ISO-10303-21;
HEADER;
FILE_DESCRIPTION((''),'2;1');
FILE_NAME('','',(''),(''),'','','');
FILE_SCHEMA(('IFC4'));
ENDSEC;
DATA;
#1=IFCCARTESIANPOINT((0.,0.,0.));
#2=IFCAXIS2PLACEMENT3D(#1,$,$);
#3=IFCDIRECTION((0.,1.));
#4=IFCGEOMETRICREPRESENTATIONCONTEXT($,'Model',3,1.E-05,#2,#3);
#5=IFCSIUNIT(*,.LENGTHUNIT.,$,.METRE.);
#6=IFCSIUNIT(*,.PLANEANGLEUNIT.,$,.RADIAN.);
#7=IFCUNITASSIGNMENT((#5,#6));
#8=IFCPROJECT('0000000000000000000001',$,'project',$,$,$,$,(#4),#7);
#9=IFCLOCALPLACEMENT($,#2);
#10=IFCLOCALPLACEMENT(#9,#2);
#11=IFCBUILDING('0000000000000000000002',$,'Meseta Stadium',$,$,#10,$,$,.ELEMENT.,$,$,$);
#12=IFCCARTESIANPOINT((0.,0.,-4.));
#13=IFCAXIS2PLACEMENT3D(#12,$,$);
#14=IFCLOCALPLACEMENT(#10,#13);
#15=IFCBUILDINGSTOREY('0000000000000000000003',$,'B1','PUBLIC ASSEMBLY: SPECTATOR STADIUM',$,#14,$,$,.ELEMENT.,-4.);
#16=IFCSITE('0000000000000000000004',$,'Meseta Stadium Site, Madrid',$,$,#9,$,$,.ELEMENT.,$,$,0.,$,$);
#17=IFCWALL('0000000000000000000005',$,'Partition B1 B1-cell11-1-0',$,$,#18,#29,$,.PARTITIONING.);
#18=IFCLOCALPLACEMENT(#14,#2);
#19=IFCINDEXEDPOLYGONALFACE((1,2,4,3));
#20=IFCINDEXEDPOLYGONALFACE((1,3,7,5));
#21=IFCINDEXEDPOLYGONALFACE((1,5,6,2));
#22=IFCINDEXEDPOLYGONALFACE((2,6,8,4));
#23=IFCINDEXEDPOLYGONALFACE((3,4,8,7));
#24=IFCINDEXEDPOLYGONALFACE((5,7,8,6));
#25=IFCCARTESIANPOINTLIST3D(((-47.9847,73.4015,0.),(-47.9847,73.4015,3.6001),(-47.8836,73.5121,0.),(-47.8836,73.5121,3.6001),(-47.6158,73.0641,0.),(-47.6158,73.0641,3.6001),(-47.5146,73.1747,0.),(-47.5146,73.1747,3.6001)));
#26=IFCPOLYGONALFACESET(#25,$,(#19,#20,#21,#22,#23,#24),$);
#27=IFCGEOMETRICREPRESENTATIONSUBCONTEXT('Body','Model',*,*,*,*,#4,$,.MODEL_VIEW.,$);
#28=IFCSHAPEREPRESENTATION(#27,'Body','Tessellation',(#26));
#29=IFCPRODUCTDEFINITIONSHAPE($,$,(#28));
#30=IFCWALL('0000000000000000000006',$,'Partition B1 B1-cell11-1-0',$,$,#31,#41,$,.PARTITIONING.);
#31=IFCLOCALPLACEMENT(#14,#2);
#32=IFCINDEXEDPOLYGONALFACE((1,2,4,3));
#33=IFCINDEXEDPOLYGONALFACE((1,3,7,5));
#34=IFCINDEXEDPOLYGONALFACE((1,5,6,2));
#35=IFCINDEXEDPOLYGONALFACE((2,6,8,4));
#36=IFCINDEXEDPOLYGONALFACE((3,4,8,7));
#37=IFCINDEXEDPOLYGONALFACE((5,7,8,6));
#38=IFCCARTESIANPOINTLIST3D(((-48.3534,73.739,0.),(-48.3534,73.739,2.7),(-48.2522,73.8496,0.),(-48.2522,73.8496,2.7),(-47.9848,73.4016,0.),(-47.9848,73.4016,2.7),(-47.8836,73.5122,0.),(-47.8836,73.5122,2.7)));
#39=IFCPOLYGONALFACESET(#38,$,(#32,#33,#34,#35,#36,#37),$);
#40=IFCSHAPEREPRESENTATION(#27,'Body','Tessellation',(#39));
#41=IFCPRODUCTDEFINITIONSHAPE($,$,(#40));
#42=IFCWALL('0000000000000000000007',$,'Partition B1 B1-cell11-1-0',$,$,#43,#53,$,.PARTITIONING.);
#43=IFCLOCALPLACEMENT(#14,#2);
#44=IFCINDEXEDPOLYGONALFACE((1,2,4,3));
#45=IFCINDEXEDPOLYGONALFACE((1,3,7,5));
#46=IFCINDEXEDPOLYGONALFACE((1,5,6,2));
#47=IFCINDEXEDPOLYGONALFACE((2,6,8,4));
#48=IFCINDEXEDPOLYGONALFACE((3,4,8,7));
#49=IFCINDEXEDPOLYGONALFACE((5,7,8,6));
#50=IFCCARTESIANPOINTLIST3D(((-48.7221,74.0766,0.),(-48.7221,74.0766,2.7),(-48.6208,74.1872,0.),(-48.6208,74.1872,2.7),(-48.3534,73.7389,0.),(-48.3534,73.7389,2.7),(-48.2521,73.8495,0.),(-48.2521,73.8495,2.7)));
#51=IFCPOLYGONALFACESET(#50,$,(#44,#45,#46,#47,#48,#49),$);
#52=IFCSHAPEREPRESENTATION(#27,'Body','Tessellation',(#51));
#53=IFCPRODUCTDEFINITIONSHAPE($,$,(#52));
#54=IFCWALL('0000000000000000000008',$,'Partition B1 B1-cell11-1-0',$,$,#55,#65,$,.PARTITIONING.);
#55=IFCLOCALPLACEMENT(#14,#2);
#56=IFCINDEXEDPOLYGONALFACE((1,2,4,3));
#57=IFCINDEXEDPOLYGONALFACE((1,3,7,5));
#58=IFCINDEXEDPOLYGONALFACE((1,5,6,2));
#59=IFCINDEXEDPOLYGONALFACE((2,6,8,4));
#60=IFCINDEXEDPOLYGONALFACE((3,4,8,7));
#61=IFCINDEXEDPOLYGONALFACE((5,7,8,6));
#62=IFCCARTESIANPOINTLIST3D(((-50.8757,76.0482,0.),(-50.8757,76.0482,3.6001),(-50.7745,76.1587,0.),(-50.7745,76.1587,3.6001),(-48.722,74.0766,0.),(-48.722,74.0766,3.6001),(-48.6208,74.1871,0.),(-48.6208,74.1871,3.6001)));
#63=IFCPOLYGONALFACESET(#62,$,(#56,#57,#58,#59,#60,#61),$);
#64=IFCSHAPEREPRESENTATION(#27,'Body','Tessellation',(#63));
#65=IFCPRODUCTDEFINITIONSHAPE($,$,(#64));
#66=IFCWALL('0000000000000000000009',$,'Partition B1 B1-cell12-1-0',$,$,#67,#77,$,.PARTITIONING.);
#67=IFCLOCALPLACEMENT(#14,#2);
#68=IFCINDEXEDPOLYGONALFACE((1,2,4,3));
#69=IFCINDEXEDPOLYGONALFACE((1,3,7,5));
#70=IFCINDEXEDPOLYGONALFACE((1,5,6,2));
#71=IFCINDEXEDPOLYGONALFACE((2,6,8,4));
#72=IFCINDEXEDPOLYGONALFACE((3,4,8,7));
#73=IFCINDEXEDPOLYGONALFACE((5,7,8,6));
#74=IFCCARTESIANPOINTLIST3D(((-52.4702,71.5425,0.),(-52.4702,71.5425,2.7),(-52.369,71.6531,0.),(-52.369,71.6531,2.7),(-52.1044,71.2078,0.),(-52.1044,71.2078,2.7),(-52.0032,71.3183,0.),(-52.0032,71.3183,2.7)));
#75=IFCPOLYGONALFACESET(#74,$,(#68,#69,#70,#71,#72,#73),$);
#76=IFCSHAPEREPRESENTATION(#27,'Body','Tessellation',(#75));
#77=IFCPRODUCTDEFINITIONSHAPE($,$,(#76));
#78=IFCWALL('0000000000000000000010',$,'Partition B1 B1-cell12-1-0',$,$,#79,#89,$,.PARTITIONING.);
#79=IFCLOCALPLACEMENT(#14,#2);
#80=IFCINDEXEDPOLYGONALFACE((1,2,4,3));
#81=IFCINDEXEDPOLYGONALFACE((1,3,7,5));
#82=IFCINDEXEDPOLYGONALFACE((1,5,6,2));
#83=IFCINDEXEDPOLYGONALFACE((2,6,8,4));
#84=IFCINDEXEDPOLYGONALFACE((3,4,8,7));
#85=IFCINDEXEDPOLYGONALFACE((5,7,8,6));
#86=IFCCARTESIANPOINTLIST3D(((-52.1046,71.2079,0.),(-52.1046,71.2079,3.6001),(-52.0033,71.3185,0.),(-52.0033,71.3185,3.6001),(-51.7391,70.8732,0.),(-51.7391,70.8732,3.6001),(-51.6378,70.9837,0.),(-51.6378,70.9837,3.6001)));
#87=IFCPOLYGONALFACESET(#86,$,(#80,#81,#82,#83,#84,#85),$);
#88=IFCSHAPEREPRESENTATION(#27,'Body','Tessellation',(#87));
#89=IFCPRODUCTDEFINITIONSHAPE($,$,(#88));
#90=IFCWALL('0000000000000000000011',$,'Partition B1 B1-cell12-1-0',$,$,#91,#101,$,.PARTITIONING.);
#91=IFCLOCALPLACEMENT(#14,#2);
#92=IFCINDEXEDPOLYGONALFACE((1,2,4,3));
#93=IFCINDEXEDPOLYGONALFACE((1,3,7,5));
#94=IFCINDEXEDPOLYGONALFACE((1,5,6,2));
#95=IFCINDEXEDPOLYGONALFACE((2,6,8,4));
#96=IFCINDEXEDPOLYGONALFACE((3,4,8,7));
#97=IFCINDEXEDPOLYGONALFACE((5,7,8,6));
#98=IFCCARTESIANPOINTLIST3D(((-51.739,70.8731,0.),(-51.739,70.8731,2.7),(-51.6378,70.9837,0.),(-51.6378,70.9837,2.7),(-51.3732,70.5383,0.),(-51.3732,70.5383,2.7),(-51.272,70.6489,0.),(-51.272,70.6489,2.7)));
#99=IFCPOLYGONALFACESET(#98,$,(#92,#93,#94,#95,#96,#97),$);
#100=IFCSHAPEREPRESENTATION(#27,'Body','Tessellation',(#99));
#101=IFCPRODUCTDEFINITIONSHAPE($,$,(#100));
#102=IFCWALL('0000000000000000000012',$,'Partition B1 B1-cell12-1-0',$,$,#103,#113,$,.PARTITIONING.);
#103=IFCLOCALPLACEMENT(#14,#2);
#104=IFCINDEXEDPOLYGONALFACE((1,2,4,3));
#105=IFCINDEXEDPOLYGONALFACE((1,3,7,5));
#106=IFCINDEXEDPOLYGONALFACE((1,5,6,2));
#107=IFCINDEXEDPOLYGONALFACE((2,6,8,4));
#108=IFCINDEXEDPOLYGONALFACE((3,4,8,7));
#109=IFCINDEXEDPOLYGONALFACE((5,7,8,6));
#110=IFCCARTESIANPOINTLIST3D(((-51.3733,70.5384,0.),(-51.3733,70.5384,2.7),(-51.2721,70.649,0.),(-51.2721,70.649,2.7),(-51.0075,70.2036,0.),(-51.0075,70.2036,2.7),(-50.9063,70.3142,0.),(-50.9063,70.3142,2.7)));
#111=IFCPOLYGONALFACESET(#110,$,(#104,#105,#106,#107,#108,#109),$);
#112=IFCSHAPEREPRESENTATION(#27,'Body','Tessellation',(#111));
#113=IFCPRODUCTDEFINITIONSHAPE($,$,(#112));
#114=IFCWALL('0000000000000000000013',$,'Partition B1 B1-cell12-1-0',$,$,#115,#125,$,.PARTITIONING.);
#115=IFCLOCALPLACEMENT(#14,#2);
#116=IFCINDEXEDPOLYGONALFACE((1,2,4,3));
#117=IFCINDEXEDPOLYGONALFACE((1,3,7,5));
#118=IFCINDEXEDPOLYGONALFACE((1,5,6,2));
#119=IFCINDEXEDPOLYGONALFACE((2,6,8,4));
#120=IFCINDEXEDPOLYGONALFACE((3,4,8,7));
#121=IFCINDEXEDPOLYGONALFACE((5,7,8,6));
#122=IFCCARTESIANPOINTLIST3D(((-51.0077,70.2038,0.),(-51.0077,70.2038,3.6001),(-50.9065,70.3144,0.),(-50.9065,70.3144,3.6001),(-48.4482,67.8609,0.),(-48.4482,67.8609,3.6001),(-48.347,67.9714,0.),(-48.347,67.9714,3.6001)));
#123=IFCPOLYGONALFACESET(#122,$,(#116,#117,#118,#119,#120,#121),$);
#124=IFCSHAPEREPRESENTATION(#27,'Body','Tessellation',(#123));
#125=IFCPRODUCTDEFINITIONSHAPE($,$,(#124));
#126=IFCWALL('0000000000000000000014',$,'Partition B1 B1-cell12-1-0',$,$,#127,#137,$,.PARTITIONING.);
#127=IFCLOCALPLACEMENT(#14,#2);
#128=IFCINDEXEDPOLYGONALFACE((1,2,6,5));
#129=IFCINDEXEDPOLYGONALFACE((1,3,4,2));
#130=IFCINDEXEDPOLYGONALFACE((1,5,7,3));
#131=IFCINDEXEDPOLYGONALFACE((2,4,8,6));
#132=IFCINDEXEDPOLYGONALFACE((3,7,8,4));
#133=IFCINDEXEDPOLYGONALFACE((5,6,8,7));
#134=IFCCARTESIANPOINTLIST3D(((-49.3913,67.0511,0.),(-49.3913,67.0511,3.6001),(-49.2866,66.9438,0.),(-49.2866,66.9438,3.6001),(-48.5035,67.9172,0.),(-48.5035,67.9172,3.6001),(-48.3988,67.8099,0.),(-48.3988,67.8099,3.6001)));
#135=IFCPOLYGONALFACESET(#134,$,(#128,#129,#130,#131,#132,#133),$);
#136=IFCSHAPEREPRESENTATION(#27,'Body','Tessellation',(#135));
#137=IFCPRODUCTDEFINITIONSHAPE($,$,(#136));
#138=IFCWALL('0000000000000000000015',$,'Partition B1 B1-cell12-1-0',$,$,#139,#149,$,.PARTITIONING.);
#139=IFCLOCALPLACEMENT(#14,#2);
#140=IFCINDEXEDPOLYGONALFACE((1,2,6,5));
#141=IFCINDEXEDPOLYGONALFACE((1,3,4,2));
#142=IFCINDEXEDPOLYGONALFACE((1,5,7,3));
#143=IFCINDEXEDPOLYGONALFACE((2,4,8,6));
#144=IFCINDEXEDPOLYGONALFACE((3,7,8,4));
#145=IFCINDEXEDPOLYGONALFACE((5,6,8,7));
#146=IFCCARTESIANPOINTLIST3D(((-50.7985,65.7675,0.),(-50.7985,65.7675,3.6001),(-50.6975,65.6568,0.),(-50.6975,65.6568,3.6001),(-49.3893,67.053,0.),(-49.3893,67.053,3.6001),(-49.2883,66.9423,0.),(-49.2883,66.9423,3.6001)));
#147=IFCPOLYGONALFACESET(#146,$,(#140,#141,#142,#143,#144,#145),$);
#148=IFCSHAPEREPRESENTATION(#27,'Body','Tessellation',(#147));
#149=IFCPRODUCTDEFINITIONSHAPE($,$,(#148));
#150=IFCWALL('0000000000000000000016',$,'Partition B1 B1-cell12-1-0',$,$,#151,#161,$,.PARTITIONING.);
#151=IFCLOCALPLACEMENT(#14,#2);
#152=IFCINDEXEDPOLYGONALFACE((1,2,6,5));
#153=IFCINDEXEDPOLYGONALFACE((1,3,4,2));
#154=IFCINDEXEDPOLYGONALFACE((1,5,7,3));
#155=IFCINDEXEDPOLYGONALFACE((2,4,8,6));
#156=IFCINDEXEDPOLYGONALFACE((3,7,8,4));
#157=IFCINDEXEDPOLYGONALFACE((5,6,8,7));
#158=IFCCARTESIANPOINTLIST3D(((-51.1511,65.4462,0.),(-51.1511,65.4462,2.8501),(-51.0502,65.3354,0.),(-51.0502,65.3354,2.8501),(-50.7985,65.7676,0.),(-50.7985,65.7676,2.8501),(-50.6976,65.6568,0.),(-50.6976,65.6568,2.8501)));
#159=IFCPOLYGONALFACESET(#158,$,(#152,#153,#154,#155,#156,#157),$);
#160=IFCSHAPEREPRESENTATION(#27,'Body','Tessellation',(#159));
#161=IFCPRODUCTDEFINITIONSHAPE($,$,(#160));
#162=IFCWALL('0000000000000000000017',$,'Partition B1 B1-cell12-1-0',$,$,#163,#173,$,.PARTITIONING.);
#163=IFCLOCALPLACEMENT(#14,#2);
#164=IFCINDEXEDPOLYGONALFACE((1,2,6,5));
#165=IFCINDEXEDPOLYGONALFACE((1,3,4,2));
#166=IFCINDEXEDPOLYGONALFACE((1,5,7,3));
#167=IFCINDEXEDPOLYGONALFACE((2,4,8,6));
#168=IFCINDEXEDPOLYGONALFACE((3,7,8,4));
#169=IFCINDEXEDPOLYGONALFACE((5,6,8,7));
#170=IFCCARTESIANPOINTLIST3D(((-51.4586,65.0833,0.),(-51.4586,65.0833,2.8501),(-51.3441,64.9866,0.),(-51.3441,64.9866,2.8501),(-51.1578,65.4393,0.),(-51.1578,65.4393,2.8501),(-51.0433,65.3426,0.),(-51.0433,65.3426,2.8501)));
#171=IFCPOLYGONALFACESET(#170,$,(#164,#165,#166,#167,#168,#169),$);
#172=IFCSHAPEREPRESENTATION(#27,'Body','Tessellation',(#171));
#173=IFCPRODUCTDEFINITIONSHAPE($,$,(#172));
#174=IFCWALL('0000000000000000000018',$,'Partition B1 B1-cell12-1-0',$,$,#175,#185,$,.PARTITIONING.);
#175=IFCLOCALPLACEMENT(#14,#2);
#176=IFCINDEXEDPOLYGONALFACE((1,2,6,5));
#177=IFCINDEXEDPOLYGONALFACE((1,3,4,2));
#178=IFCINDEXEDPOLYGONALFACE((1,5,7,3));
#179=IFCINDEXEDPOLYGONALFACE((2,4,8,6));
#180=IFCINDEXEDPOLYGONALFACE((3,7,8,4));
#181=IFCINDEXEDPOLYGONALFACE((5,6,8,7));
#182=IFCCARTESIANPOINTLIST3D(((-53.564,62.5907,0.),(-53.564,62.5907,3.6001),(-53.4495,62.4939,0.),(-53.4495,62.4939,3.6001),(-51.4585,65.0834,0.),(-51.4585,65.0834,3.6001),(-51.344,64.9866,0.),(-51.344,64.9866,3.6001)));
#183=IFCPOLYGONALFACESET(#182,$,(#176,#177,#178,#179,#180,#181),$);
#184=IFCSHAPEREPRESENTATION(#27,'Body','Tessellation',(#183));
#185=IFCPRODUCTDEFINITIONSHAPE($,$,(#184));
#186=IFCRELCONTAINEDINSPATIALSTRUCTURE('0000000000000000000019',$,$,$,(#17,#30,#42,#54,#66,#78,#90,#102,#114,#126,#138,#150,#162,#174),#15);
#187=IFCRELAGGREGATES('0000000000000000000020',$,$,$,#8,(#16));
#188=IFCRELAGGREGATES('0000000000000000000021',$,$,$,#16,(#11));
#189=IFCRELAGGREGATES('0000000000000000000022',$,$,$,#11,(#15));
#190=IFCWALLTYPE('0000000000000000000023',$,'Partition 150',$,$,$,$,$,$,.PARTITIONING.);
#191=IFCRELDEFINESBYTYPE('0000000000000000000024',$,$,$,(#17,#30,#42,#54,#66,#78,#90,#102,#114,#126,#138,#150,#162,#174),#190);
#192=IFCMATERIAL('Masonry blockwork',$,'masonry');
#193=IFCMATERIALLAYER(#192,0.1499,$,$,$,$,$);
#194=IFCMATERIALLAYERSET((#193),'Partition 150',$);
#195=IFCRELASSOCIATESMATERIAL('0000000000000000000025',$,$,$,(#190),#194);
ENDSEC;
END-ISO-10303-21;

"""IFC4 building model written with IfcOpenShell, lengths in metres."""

from ifc_helpers import new_model, si_unit, direction, frame, frame_2d, origin, place, context, subcontext, project, spatial, rectangle, extrude, material, layer, layer_set, type_object, element, save


model = new_model("IFC4")

# Units and contexts
model_context = context("Model", 3, precision=1e-05, world=origin(), true_north=direction((0.0, 1.0)))
body_context = subcontext(model_context, "Body", "Model", "MODEL_VIEW")
ifc_project = project(units=[si_unit("LENGTHUNIT", "METRE"), si_unit("PLANEANGLEUNIT", "RADIAN")], contexts=[model_context])

# Site, building, storey
site_placement = place(None, origin())
site = spatial("IfcSite", under=ifc_project, at=site_placement, Name="Meseta Stadium Site, Madrid", CompositionType="ELEMENT", RefElevation=0.0)
building_placement = place(site_placement, origin())
building = spatial("IfcBuilding", under=site, at=building_placement, Name="Meseta Stadium", CompositionType="ELEMENT")
storey_placement = place(building_placement, frame((0.0, 0.0, -4.0)))
storey = spatial("IfcBuildingStorey", under=building, at=storey_placement, Name="B1", Description="PUBLIC ASSEMBLY: SPECTATOR STADIUM", CompositionType="ELEMENT", Elevation=-4.0)

# Walls
ifc_material_1 = material(Name="Masonry blockwork", Category="masonry")
ifc_layer = layer(ifc_material_1, 0.1499)
ifc_layer_set = layer_set([ifc_layer], Name="Partition 150")
wall_type = type_object("IfcWallType", Name="Partition 150", PredefinedType="PARTITIONING", material=ifc_layer_set)
wall_1_placement = place(storey_placement, frame((-47.5652, 73.1194, 0.0), z_axis=(0.0, 0.0, 1.0), x_axis=(-0.737904, 0.674906, 0.0)))
element("IfcWall", 1, at=wall_1_placement, inside=storey, type_object=wall_type, Name="Partition B1 B1-cell11-1-0", PredefinedType="PARTITIONING", context=body_context, shape_type="SweptSolid", body=[
    extrude(rectangle(XDim=0.5, YDim=0.1499, at=frame_2d((0.25, 0.0))), origin(), (0.0, 0.0, 1.0), 3.6001),
])
wall_2_placement = place(storey_placement, frame((-47.9341, 73.4568, 0.0), z_axis=(0.0, 0.0, 1.0), x_axis=(-0.737681, 0.675149, 0.0)))
element("IfcWall", 2, at=wall_2_placement, inside=storey, type_object=wall_type, Name="Partition B1 B1-cell11-1-0", PredefinedType="PARTITIONING", context=body_context, shape_type="SweptSolid", body=[
    extrude(rectangle(XDim=0.4998, YDim=0.1499, at=frame_2d((0.25, 0.0))), origin(), (0.0, 0.0, 1.0), 2.7),
])
wall_3_placement = place(storey_placement, frame((-48.3027, 73.7942, 0.0), z_axis=(0.0, 0.0, 1.0), x_axis=(-0.737438, 0.675415, 0.0)))
element("IfcWall", 3, at=wall_3_placement, inside=storey, type_object=wall_type, Name="Partition B1 B1-cell11-1-0", PredefinedType="PARTITIONING", context=body_context, shape_type="SweptSolid", body=[
    extrude(rectangle(XDim=0.5, YDim=0.1499, at=frame_2d((0.25, 0.0))), origin(), (0.0, 0.0, 1.0), 2.7),
])
wall_4_placement = place(storey_placement, frame((-48.6714, 74.1318, 0.0), z_axis=(0.0, 0.0, 1.0), x_axis=(-0.737605, 0.675232, 0.0)))
element("IfcWall", 4, at=wall_4_placement, inside=storey, type_object=wall_type, Name="Partition B1 B1-cell11-1-0", PredefinedType="PARTITIONING", context=body_context, shape_type="SweptSolid", body=[
    extrude(rectangle(XDim=2.9199, YDim=0.1499, at=frame_2d((1.46, 0.0))), origin(), (0.0, 0.0, 1.0), 3.6001),
])
wall_5_placement = place(storey_placement, frame((-52.4197, 71.5979, 0.0), z_axis=(0.0, 0.0, 1.0), x_axis=(0.737685, -0.675145, 0.0)))
element("IfcWall", 5, at=wall_5_placement, inside=storey, type_object=wall_type, Name="Partition B1 B1-cell12-1-0", PredefinedType="PARTITIONING", context=body_context, shape_type="SweptSolid", body=[
    extrude(rectangle(XDim=0.4958, YDim=0.1499, at=frame_2d((0.248, 0.0))), origin(), (0.0, 0.0, 1.0), 2.7),
])
wall_6_placement = place(storey_placement, frame((-52.054, 71.2632, 0.0), z_axis=(0.0, 0.0, 1.0), x_axis=(0.737461, -0.67539, 0.0)))
element("IfcWall", 6, at=wall_6_placement, inside=storey, type_object=wall_type, Name="Partition B1 B1-cell12-1-0", PredefinedType="PARTITIONING", context=body_context, shape_type="SweptSolid", body=[
    extrude(rectangle(XDim=0.4956, YDim=0.1499, at=frame_2d((0.2478, 0.0))), origin(), (0.0, 0.0, 1.0), 3.6001),
])
for number, where, z_axis, x_axis, name in (
    (7, (-51.6885, 70.9285, 0.0), (0.0, 0.0, 1.0), (0.737685, -0.675145, 0.0), "Partition B1 B1-cell12-1-0"),
    (8, (-51.3228, 70.5938, 0.0), (0.0, 0.0, 1.0), (0.737685, -0.675145, 0.0), "Partition B1 B1-cell12-1-0"),
):
    element("IfcWall", number, at=place(storey_placement, frame(where, z_axis=z_axis, x_axis=x_axis)), inside=storey, type_object=wall_type, Name=name, PredefinedType="PARTITIONING", context=body_context, shape_type="SweptSolid", body=[
        extrude(rectangle(XDim=0.4958, YDim=0.1499, at=frame_2d((0.248, 0.0))), origin(), (0.0, 0.0, 1.0), 2.7),
    ])
wall_7_placement = place(storey_placement, frame((-50.957, 70.259, 0.0), z_axis=(0.0, 0.0, 1.0), x_axis=(0.737621, -0.675215, 0.0)))
element("IfcWall", 9, at=wall_7_placement, inside=storey, type_object=wall_type, Name="Partition B1 B1-cell12-1-0", PredefinedType="PARTITIONING", context=body_context, shape_type="SweptSolid", body=[
    extrude(rectangle(XDim=3.47, YDim=0.1499, at=frame_2d((1.7349, 0.0))), origin(), (0.0, 0.0, 1.0), 3.6001),
])
wall_8_placement = place(storey_placement, frame((-48.4512, 67.8635, 0.0), z_axis=(0.0, 0.0, 1.0), x_axis=(-0.715813, -0.698292, 0.0)))
element("IfcWall", 10, at=wall_8_placement, inside=storey, type_object=wall_type, Name="Partition B1 B1-cell12-1-0", PredefinedType="PARTITIONING", context=body_context, shape_type="SweptSolid", body=[
    extrude(rectangle(XDim=1.2402, YDim=0.1499, at=frame_2d((0.6201, 0.0))), origin(), (0.0, 0.0, 1.0), 3.6001),
])
wall_9_placement = place(storey_placement, frame((-49.3389, 66.9976, 0.0), z_axis=(0.0, 0.0, 1.0), x_axis=(-0.73881, -0.673914, 0.0)))
element("IfcWall", 11, at=wall_9_placement, inside=storey, type_object=wall_type, Name="Partition B1 B1-cell12-1-0", PredefinedType="PARTITIONING", context=body_context, shape_type="SweptSolid", body=[
    extrude(rectangle(XDim=1.9075, YDim=0.1499, at=frame_2d((0.9536, 0.0))), origin(), (0.0, 0.0, 1.0), 3.6001),
])
wall_10_placement = place(storey_placement, frame((-50.748, 65.7122, 0.0), z_axis=(0.0, 0.0, 1.0), x_axis=(-0.739106, -0.673589, 0.0)))
element("IfcWall", 12, at=wall_10_placement, inside=storey, type_object=wall_type, Name="Partition B1 B1-cell12-1-0", PredefinedType="PARTITIONING", context=body_context, shape_type="SweptSolid", body=[
    extrude(rectangle(XDim=0.4771, YDim=0.1499, at=frame_2d((0.2385, 0.0))), origin(), (0.0, 0.0, 1.0), 2.8501),
])
wall_11_placement = place(storey_placement, frame((-51.1006, 65.3909, 0.0), z_axis=(0.0, 0.0, 1.0), x_axis=(-0.645425, -0.763823, 0.0)))
element("IfcWall", 13, at=wall_11_placement, inside=storey, type_object=wall_type, Name="Partition B1 B1-cell12-1-0", PredefinedType="PARTITIONING", context=body_context, shape_type="SweptSolid", body=[
    extrude(rectangle(XDim=0.4661, YDim=0.1499, at=frame_2d((0.2329, 0.0))), origin(), (0.0, 0.0, 1.0), 2.8501),
])
wall_12_placement = place(storey_placement, frame((-51.4014, 65.0349, 0.0), z_axis=(0.0, 0.0, 1.0), x_axis=(-0.645278, -0.763948, 0.0)))
element("IfcWall", 14, at=wall_12_placement, inside=storey, type_object=wall_type, Name="Partition B1 B1-cell12-1-0", PredefinedType="PARTITIONING", context=body_context, shape_type="SweptSolid", body=[
    extrude(rectangle(XDim=3.2629, YDim=0.1499, at=frame_2d((1.6313, 0.0))), origin(), (0.0, 0.0, 1.0), 3.6001),
])

save(model, "model.ifc")
